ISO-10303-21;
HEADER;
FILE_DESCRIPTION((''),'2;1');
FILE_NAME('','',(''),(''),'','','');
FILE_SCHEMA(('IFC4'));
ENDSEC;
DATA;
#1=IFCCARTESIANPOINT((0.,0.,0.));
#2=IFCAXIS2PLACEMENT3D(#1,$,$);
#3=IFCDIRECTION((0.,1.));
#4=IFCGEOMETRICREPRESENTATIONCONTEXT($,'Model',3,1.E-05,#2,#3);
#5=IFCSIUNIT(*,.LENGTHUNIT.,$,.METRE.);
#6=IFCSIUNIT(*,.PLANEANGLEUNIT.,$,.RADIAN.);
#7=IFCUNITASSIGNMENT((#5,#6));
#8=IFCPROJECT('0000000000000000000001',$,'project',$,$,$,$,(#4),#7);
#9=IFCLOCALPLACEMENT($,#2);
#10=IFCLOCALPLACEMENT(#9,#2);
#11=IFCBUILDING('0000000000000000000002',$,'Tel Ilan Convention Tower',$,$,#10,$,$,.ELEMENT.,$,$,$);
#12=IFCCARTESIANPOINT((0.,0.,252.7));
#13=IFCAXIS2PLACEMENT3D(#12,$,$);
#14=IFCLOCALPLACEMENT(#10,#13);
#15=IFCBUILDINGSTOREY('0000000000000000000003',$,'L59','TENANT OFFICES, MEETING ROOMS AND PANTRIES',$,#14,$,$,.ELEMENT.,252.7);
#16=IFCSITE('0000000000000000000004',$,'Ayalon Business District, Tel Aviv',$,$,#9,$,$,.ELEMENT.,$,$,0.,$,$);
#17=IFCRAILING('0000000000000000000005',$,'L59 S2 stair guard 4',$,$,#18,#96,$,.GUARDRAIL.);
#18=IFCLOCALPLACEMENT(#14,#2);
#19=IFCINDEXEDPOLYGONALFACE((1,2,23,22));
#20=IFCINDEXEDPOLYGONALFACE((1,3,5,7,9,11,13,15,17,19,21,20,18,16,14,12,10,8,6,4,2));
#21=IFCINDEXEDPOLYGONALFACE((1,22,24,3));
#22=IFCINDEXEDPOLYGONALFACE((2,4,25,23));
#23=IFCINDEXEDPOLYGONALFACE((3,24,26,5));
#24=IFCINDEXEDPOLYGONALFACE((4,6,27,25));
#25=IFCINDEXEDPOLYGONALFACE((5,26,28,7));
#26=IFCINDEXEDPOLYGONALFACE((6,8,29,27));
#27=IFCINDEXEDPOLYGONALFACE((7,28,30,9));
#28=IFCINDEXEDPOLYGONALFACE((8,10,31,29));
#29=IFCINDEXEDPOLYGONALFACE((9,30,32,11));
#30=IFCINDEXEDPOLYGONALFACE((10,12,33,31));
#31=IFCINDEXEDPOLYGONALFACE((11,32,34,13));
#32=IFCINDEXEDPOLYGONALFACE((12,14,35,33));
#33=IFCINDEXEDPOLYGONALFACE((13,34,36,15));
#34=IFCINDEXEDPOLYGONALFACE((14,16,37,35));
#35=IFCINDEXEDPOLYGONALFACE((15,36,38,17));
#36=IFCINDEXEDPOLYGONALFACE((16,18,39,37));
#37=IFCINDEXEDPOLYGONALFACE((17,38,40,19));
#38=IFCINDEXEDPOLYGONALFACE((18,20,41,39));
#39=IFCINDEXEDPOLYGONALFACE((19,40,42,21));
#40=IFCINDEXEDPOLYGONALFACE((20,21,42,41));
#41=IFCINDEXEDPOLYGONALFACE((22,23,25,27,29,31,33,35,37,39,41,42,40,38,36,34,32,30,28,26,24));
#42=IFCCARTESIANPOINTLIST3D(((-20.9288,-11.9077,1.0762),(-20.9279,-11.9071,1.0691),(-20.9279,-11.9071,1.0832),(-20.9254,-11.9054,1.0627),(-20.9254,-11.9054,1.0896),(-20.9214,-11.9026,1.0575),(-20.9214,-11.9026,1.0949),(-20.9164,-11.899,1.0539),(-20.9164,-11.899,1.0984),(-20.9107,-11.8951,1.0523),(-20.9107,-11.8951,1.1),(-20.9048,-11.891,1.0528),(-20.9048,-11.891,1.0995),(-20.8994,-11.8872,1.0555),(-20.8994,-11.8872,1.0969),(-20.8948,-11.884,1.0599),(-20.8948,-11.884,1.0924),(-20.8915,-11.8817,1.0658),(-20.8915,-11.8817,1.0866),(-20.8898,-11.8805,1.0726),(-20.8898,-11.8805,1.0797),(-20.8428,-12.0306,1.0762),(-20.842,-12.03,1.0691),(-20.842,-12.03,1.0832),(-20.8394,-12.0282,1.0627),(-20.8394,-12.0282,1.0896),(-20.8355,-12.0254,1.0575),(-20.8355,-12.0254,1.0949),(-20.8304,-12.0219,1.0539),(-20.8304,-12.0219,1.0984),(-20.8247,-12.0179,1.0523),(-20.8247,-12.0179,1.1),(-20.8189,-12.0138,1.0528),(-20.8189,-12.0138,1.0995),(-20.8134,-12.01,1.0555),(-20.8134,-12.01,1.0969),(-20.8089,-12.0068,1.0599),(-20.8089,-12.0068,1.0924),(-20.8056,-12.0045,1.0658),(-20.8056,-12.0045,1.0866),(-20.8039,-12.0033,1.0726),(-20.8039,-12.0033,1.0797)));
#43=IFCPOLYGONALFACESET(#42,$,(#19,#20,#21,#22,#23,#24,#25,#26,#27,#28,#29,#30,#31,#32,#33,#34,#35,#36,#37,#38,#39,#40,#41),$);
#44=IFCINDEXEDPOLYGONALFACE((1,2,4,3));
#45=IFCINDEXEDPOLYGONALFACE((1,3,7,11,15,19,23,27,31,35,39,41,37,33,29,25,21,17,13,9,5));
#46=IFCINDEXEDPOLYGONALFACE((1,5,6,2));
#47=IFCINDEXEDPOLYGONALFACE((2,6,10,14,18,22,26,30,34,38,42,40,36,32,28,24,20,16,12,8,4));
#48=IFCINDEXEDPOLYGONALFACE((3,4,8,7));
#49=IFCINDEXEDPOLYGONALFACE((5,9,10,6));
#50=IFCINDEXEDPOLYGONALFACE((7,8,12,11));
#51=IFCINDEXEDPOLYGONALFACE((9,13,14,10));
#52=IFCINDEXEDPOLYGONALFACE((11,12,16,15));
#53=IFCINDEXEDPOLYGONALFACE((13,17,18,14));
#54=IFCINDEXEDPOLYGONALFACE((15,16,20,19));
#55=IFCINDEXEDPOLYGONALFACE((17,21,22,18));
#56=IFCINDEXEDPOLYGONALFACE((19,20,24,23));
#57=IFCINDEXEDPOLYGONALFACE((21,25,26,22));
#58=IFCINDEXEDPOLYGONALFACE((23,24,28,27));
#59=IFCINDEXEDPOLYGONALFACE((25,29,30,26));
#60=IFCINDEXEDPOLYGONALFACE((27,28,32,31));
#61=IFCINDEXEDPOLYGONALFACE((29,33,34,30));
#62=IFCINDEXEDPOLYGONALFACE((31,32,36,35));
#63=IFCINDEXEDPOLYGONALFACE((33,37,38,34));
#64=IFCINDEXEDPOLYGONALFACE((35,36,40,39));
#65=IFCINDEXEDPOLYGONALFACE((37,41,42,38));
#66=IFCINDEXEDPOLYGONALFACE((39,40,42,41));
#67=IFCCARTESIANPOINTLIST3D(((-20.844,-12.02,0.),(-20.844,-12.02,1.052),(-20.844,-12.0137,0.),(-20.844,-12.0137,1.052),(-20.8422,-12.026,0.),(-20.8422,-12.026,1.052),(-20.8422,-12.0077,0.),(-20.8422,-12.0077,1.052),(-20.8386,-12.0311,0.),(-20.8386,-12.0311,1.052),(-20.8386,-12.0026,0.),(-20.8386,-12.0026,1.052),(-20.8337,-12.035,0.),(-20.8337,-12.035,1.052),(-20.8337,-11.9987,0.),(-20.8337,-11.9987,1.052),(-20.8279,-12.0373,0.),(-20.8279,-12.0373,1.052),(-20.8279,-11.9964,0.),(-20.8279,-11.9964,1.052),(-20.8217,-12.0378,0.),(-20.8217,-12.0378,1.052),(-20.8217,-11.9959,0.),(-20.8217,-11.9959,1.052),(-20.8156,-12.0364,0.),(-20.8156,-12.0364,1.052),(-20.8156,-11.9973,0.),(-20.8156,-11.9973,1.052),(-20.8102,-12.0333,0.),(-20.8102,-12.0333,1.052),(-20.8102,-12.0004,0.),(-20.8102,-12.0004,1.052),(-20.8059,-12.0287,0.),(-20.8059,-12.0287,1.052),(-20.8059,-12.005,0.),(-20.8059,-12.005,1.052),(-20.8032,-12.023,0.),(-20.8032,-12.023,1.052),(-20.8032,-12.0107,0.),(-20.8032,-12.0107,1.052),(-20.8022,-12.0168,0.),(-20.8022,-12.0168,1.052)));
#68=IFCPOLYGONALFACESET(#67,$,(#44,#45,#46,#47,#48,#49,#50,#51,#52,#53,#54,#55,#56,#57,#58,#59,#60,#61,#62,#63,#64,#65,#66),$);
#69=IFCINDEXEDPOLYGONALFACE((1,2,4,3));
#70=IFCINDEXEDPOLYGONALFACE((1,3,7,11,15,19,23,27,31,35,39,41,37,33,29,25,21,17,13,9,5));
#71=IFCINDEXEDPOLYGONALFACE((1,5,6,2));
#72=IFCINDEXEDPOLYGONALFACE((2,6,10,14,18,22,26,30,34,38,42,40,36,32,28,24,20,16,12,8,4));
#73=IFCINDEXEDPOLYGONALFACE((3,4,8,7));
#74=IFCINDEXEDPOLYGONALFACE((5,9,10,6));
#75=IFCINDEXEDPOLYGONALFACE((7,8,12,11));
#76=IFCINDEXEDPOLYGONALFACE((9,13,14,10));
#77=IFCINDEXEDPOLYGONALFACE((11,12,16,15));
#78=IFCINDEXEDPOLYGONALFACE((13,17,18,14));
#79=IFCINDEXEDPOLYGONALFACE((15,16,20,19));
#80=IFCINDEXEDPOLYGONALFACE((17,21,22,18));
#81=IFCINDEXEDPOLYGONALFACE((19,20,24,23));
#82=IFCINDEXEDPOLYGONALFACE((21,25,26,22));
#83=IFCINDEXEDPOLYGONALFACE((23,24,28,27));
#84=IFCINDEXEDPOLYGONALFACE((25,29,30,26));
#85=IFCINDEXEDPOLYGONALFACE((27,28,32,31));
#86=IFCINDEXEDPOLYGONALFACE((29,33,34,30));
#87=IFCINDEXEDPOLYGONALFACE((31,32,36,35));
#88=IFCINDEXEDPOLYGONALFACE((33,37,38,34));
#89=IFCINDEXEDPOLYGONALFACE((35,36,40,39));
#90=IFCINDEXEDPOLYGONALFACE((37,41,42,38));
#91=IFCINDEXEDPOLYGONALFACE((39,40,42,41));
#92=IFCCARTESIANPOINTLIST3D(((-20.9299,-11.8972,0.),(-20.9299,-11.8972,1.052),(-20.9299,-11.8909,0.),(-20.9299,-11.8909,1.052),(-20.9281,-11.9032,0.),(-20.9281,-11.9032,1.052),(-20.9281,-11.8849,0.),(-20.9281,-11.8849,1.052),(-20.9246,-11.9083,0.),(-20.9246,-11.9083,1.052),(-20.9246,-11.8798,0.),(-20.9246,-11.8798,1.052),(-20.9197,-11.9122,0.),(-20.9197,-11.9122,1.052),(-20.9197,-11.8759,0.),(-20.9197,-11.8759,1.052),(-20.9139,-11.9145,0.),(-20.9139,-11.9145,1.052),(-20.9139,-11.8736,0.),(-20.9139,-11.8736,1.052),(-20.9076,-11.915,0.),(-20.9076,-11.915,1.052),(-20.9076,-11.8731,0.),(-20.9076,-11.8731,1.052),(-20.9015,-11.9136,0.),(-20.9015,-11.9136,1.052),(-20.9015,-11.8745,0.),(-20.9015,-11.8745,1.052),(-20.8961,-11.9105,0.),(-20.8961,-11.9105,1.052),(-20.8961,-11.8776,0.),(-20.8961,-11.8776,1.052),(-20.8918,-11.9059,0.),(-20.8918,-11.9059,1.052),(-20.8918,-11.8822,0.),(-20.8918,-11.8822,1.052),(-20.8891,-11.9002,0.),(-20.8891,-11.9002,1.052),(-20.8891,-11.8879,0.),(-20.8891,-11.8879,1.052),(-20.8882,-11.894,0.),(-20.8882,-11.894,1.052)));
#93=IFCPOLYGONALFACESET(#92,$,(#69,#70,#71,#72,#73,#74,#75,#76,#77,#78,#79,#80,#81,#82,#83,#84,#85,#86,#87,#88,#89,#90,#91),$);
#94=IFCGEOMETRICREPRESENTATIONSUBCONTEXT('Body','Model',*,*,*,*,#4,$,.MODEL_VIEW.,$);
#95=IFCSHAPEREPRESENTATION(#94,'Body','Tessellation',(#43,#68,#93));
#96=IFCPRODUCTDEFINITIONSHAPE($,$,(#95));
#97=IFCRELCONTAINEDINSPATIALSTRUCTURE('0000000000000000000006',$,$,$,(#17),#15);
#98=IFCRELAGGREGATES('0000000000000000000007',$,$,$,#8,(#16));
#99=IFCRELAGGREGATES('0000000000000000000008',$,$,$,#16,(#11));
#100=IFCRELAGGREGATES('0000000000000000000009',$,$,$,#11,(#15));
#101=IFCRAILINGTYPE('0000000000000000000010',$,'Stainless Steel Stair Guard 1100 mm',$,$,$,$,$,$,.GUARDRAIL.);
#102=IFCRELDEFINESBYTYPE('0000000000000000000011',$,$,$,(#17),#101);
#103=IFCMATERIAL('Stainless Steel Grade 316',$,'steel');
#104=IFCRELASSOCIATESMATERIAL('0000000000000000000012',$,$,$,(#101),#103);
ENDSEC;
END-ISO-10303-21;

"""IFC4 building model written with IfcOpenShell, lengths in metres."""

from ifc_helpers import new_model, si_unit, direction, frame, origin, origin_2d, place, context, subcontext, project, spatial, circle, extrude, material, type_object, element, save


model = new_model("IFC4")

# Units and contexts
model_context = context("Model", 3, precision=1e-05, world=origin(), true_north=direction((0.0, 1.0)))
body_context = subcontext(model_context, "Body", "Model", "MODEL_VIEW")
ifc_project = project(units=[si_unit("LENGTHUNIT", "METRE"), si_unit("PLANEANGLEUNIT", "RADIAN")], contexts=[model_context])

# Site, building, storey
site_placement = place(None, origin())
site = spatial("IfcSite", under=ifc_project, at=site_placement, Name="Ayalon Business District, Tel Aviv", CompositionType="ELEMENT", RefElevation=0.0)
building_placement = place(site_placement, origin())
building = spatial("IfcBuilding", under=site, at=building_placement, Name="Tel Ilan Convention Tower", CompositionType="ELEMENT")
storey_placement = place(building_placement, frame((0.0, 0.0, 252.7)))
storey = spatial("IfcBuildingStorey", under=building, at=storey_placement, Name="L59", Description="TENANT OFFICES, MEETING ROOMS AND PANTRIES", CompositionType="ELEMENT", Elevation=252.7)

# Railing
ifc_material_1 = material(Name="Stainless Steel Grade 316", Category="steel")
railing_type_1 = type_object("IfcRailingType", Name="Stainless Steel Stair Guard 1100 mm", PredefinedType="GUARDRAIL", material=ifc_material_1)
railing_1_placement = place(storey_placement, frame((-20.8232, -12.0168, 0.0)))
element("IfcRailing", 1, at=railing_1_placement, inside=storey, type_object=railing_type_1, Name="L59 S2 stair guard 4", PredefinedType="GUARDRAIL", context=body_context, shape_type="SweptSolid", body=[
    extrude(circle(Radius=0.0239, at=origin_2d()), frame((0.0, 0.0, 1.0762), z_axis=(-0.573353, 0.819308, 0.0), x_axis=(-0.819308, -0.573353, 0.0)), (0.0, 0.0, 1.0), 0.1499),
    extrude(circle(Radius=0.021, at=origin_2d()), origin(), (0.0, 0.0, 1.0), 1.052),
    extrude(circle(Radius=0.021, at=origin_2d()), frame((-0.0859, 0.1228, 0.0)), (0.0, 0.0, 1.0), 1.052),
])

save(model, "model.ifc")
